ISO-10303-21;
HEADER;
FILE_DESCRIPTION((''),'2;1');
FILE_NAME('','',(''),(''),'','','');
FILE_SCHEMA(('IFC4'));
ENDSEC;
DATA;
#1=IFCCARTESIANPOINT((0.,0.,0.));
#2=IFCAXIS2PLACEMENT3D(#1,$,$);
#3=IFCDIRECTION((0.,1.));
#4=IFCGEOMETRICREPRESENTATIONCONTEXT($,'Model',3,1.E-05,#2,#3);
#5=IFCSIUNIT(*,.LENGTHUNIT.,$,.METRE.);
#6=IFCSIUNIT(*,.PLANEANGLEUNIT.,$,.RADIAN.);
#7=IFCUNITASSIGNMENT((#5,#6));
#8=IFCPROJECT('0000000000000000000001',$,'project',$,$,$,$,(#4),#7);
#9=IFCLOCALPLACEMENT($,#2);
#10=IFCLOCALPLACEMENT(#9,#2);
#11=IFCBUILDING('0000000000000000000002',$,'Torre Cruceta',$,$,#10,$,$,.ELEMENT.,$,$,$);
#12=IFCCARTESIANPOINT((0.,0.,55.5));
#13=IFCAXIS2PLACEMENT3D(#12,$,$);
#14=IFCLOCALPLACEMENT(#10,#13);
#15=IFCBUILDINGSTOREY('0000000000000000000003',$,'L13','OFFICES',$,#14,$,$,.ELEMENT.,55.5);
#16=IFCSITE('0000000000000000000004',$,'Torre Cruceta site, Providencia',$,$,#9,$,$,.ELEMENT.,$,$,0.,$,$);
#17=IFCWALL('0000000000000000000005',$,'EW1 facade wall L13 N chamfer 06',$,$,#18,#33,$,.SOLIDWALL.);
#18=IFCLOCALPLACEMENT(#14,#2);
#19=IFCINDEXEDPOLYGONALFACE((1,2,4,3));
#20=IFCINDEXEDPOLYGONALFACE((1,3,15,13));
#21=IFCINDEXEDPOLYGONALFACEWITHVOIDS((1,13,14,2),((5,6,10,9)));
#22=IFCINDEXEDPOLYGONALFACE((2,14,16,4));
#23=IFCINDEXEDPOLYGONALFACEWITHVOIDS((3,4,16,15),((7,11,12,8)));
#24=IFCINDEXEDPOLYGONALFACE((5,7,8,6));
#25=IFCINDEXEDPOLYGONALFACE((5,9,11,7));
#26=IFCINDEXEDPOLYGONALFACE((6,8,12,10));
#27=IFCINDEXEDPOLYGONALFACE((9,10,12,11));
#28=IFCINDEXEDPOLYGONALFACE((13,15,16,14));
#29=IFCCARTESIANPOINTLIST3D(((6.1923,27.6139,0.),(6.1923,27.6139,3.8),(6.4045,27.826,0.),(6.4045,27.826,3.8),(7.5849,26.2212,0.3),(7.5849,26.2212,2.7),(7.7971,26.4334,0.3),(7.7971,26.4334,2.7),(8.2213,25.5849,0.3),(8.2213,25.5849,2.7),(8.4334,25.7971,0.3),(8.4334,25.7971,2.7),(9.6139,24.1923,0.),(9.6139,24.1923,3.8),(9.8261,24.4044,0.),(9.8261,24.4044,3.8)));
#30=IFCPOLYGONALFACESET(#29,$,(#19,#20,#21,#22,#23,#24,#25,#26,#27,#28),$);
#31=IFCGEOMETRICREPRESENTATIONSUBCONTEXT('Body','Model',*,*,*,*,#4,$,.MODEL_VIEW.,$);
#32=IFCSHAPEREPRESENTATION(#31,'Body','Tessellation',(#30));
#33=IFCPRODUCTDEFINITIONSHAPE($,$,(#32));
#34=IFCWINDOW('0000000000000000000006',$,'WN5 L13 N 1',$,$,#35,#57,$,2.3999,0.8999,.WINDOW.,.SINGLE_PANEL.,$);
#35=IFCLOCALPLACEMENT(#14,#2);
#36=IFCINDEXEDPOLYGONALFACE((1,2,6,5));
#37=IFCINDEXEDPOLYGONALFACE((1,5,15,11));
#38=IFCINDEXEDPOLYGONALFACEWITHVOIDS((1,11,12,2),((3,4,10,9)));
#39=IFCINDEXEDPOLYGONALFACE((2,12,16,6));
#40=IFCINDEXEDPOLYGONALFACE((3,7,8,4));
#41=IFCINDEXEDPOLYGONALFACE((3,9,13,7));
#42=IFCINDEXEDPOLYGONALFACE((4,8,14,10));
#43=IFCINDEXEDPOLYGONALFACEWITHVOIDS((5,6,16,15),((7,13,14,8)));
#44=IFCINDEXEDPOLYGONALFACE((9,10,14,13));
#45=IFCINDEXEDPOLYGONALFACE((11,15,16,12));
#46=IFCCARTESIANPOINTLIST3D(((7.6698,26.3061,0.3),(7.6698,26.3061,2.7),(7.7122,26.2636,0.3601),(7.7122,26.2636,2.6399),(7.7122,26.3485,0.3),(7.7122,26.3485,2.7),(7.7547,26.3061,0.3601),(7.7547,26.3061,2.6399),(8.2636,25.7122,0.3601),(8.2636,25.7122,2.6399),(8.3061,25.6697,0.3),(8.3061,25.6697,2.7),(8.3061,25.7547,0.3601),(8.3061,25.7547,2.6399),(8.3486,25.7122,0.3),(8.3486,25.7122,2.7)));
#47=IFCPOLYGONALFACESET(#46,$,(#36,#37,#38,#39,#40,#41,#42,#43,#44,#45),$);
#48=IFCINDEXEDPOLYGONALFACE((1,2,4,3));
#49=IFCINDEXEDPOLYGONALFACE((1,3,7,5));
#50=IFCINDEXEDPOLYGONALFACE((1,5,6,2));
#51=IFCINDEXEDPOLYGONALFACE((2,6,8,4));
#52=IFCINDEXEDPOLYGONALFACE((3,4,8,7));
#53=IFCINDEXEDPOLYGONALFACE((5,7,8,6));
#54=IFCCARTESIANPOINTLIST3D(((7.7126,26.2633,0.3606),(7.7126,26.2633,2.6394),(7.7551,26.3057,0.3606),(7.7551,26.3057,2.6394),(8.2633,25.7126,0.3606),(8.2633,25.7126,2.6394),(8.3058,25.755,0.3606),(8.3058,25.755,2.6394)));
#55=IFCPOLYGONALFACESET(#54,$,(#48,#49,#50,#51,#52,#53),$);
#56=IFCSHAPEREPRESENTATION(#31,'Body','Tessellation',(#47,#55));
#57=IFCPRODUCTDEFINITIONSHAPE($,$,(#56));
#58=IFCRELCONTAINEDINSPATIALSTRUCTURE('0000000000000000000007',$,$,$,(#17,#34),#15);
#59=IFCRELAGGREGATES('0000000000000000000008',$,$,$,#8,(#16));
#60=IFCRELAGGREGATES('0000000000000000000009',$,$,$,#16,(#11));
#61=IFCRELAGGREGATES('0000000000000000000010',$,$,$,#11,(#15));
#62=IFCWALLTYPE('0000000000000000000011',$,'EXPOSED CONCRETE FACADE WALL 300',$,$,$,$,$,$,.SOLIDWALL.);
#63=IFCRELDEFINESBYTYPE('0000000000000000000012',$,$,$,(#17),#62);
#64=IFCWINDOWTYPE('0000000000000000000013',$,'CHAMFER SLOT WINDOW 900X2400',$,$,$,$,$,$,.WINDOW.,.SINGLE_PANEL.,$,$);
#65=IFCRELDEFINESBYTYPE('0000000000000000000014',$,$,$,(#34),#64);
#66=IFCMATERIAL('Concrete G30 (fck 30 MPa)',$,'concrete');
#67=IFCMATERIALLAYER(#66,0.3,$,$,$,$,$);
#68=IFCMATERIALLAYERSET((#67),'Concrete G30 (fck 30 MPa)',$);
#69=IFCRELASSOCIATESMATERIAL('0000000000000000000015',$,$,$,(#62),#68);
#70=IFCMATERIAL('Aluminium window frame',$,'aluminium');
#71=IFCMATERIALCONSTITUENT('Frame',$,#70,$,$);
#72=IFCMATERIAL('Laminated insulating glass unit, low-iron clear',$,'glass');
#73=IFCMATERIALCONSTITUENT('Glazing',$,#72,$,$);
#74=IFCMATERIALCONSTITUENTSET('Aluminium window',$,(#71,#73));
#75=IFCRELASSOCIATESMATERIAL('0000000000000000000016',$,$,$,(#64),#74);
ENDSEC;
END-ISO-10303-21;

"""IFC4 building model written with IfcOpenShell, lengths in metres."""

from ifc_helpers import new_model, si_unit, direction, frame, frame_2d, origin, place, context, subcontext, project, spatial, rectangle, hollow_rectangle, extrude, material, layer, layer_set, constituent, constituent_set, type_object, element, fill, save


model = new_model("IFC4")

# Units and contexts
model_context = context("Model", 3, precision=1e-05, world=origin(), true_north=direction((0.0, 1.0)))
body_context = subcontext(model_context, "Body", "Model", "MODEL_VIEW")
ifc_project = project(units=[si_unit("LENGTHUNIT", "METRE"), si_unit("PLANEANGLEUNIT", "RADIAN")], contexts=[model_context])

# Site, building, storey
site_placement = place(None, origin())
site = spatial("IfcSite", under=ifc_project, at=site_placement, Name="Torre Cruceta site, Providencia", CompositionType="ELEMENT", RefElevation=0.0)
building_placement = place(site_placement, origin())
building = spatial("IfcBuilding", under=site, at=building_placement, Name="Torre Cruceta", CompositionType="ELEMENT")
storey_placement = place(building_placement, frame((0.0, 0.0, 55.5)))
storey = spatial("IfcBuildingStorey", under=building, at=storey_placement, Name="L13", Description="OFFICES", CompositionType="ELEMENT", Elevation=55.5)

# Wall, opening, window
ifc_material_1 = material(Name="Concrete G30 (fck 30 MPa)", Category="concrete")
ifc_layer_1 = layer(ifc_material_1, 0.3)
ifc_layer_set_1 = layer_set([ifc_layer_1], Name="Concrete G30 (fck 30 MPa)")
wall_type = type_object("IfcWallType", Name="EXPOSED CONCRETE FACADE WALL 300", PredefinedType="SOLIDWALL", material=ifc_layer_set_1)
wall_placement = place(storey_placement, frame((9.72, 24.2983, 0.0), z_axis=(0.0, 0.0, 1.0), x_axis=(-0.707107, 0.707107, 0.0)))
wall = element("IfcWall", 1, at=wall_placement, inside=storey, type_object=wall_type, Name="EW1 facade wall L13 N chamfer 06", PredefinedType="SOLIDWALL", context=body_context, shape_type="SweptSolid", body=[
    extrude(rectangle(XDim=4.8389, YDim=0.3, at=frame_2d((2.4194, 0.0))), origin(), (0.0, 0.0, 1.0), 3.8),
])
opening_placement = place(wall_placement, frame((1.9695, 0.0, 0.3)))
opening = element("IfcOpeningElement", 2, at=opening_placement, cuts=wall, PredefinedType="OPENING", context=body_context, shape_type="SweptSolid", body=[
    extrude(rectangle(XDim=0.8999, YDim=2.3999, at=frame_2d((0.45, 1.2))), frame((0.0, 0.1599, 0.0), z_axis=(0.0, -1.0, 0.0), x_axis=(1.0, 0.0, 0.0)), (0.0, 0.0, 1.0), 0.3201),
])
ifc_material_2 = material(Name="Aluminium window frame", Category="aluminium")
ifc_constituent_1 = constituent(ifc_material_2, Name="Frame")
ifc_material_3 = material(Name="Laminated insulating glass unit, low-iron clear", Category="glass")
ifc_constituent_2 = constituent(ifc_material_3, Name="Glazing")
ifc_constituent_set = constituent_set(constituents=[ifc_constituent_1, ifc_constituent_2], Name="Aluminium window")
window_type = type_object("IfcWindowType", Name="CHAMFER SLOT WINDOW 900X2400", PartitioningType="SINGLE_PANEL", PredefinedType="WINDOW", material=ifc_constituent_set)
window_placement = place(opening_placement, origin())
window = element("IfcWindow", 3, at=window_placement, inside=storey, type_object=window_type, Name="WN5 L13 N 1", OverallHeight=2.3999, OverallWidth=0.8999, PartitioningType="SINGLE_PANEL", PredefinedType="WINDOW", context=body_context, shape_type="SweptSolid", body=[
    extrude(hollow_rectangle(XDim=0.8999, YDim=2.3999, WallThickness=0.0601, at=frame_2d((0.45, 1.2))), frame((0.0, 0.03, 0.0), z_axis=(0.0, -1.0, 0.0), x_axis=(1.0, 0.0, 0.0)), (0.0, 0.0, 1.0), 0.0601),
    extrude(rectangle(XDim=0.7788, YDim=2.2788, at=frame_2d((0.45, 1.2))), frame((0.0, 0.03, 0.0), z_axis=(0.0, -1.0, 0.0), x_axis=(1.0, 0.0, 0.0)), (0.0, 0.0, 1.0), 0.0601),
])
fill(opening, window)

save(model, "model.ifc")
